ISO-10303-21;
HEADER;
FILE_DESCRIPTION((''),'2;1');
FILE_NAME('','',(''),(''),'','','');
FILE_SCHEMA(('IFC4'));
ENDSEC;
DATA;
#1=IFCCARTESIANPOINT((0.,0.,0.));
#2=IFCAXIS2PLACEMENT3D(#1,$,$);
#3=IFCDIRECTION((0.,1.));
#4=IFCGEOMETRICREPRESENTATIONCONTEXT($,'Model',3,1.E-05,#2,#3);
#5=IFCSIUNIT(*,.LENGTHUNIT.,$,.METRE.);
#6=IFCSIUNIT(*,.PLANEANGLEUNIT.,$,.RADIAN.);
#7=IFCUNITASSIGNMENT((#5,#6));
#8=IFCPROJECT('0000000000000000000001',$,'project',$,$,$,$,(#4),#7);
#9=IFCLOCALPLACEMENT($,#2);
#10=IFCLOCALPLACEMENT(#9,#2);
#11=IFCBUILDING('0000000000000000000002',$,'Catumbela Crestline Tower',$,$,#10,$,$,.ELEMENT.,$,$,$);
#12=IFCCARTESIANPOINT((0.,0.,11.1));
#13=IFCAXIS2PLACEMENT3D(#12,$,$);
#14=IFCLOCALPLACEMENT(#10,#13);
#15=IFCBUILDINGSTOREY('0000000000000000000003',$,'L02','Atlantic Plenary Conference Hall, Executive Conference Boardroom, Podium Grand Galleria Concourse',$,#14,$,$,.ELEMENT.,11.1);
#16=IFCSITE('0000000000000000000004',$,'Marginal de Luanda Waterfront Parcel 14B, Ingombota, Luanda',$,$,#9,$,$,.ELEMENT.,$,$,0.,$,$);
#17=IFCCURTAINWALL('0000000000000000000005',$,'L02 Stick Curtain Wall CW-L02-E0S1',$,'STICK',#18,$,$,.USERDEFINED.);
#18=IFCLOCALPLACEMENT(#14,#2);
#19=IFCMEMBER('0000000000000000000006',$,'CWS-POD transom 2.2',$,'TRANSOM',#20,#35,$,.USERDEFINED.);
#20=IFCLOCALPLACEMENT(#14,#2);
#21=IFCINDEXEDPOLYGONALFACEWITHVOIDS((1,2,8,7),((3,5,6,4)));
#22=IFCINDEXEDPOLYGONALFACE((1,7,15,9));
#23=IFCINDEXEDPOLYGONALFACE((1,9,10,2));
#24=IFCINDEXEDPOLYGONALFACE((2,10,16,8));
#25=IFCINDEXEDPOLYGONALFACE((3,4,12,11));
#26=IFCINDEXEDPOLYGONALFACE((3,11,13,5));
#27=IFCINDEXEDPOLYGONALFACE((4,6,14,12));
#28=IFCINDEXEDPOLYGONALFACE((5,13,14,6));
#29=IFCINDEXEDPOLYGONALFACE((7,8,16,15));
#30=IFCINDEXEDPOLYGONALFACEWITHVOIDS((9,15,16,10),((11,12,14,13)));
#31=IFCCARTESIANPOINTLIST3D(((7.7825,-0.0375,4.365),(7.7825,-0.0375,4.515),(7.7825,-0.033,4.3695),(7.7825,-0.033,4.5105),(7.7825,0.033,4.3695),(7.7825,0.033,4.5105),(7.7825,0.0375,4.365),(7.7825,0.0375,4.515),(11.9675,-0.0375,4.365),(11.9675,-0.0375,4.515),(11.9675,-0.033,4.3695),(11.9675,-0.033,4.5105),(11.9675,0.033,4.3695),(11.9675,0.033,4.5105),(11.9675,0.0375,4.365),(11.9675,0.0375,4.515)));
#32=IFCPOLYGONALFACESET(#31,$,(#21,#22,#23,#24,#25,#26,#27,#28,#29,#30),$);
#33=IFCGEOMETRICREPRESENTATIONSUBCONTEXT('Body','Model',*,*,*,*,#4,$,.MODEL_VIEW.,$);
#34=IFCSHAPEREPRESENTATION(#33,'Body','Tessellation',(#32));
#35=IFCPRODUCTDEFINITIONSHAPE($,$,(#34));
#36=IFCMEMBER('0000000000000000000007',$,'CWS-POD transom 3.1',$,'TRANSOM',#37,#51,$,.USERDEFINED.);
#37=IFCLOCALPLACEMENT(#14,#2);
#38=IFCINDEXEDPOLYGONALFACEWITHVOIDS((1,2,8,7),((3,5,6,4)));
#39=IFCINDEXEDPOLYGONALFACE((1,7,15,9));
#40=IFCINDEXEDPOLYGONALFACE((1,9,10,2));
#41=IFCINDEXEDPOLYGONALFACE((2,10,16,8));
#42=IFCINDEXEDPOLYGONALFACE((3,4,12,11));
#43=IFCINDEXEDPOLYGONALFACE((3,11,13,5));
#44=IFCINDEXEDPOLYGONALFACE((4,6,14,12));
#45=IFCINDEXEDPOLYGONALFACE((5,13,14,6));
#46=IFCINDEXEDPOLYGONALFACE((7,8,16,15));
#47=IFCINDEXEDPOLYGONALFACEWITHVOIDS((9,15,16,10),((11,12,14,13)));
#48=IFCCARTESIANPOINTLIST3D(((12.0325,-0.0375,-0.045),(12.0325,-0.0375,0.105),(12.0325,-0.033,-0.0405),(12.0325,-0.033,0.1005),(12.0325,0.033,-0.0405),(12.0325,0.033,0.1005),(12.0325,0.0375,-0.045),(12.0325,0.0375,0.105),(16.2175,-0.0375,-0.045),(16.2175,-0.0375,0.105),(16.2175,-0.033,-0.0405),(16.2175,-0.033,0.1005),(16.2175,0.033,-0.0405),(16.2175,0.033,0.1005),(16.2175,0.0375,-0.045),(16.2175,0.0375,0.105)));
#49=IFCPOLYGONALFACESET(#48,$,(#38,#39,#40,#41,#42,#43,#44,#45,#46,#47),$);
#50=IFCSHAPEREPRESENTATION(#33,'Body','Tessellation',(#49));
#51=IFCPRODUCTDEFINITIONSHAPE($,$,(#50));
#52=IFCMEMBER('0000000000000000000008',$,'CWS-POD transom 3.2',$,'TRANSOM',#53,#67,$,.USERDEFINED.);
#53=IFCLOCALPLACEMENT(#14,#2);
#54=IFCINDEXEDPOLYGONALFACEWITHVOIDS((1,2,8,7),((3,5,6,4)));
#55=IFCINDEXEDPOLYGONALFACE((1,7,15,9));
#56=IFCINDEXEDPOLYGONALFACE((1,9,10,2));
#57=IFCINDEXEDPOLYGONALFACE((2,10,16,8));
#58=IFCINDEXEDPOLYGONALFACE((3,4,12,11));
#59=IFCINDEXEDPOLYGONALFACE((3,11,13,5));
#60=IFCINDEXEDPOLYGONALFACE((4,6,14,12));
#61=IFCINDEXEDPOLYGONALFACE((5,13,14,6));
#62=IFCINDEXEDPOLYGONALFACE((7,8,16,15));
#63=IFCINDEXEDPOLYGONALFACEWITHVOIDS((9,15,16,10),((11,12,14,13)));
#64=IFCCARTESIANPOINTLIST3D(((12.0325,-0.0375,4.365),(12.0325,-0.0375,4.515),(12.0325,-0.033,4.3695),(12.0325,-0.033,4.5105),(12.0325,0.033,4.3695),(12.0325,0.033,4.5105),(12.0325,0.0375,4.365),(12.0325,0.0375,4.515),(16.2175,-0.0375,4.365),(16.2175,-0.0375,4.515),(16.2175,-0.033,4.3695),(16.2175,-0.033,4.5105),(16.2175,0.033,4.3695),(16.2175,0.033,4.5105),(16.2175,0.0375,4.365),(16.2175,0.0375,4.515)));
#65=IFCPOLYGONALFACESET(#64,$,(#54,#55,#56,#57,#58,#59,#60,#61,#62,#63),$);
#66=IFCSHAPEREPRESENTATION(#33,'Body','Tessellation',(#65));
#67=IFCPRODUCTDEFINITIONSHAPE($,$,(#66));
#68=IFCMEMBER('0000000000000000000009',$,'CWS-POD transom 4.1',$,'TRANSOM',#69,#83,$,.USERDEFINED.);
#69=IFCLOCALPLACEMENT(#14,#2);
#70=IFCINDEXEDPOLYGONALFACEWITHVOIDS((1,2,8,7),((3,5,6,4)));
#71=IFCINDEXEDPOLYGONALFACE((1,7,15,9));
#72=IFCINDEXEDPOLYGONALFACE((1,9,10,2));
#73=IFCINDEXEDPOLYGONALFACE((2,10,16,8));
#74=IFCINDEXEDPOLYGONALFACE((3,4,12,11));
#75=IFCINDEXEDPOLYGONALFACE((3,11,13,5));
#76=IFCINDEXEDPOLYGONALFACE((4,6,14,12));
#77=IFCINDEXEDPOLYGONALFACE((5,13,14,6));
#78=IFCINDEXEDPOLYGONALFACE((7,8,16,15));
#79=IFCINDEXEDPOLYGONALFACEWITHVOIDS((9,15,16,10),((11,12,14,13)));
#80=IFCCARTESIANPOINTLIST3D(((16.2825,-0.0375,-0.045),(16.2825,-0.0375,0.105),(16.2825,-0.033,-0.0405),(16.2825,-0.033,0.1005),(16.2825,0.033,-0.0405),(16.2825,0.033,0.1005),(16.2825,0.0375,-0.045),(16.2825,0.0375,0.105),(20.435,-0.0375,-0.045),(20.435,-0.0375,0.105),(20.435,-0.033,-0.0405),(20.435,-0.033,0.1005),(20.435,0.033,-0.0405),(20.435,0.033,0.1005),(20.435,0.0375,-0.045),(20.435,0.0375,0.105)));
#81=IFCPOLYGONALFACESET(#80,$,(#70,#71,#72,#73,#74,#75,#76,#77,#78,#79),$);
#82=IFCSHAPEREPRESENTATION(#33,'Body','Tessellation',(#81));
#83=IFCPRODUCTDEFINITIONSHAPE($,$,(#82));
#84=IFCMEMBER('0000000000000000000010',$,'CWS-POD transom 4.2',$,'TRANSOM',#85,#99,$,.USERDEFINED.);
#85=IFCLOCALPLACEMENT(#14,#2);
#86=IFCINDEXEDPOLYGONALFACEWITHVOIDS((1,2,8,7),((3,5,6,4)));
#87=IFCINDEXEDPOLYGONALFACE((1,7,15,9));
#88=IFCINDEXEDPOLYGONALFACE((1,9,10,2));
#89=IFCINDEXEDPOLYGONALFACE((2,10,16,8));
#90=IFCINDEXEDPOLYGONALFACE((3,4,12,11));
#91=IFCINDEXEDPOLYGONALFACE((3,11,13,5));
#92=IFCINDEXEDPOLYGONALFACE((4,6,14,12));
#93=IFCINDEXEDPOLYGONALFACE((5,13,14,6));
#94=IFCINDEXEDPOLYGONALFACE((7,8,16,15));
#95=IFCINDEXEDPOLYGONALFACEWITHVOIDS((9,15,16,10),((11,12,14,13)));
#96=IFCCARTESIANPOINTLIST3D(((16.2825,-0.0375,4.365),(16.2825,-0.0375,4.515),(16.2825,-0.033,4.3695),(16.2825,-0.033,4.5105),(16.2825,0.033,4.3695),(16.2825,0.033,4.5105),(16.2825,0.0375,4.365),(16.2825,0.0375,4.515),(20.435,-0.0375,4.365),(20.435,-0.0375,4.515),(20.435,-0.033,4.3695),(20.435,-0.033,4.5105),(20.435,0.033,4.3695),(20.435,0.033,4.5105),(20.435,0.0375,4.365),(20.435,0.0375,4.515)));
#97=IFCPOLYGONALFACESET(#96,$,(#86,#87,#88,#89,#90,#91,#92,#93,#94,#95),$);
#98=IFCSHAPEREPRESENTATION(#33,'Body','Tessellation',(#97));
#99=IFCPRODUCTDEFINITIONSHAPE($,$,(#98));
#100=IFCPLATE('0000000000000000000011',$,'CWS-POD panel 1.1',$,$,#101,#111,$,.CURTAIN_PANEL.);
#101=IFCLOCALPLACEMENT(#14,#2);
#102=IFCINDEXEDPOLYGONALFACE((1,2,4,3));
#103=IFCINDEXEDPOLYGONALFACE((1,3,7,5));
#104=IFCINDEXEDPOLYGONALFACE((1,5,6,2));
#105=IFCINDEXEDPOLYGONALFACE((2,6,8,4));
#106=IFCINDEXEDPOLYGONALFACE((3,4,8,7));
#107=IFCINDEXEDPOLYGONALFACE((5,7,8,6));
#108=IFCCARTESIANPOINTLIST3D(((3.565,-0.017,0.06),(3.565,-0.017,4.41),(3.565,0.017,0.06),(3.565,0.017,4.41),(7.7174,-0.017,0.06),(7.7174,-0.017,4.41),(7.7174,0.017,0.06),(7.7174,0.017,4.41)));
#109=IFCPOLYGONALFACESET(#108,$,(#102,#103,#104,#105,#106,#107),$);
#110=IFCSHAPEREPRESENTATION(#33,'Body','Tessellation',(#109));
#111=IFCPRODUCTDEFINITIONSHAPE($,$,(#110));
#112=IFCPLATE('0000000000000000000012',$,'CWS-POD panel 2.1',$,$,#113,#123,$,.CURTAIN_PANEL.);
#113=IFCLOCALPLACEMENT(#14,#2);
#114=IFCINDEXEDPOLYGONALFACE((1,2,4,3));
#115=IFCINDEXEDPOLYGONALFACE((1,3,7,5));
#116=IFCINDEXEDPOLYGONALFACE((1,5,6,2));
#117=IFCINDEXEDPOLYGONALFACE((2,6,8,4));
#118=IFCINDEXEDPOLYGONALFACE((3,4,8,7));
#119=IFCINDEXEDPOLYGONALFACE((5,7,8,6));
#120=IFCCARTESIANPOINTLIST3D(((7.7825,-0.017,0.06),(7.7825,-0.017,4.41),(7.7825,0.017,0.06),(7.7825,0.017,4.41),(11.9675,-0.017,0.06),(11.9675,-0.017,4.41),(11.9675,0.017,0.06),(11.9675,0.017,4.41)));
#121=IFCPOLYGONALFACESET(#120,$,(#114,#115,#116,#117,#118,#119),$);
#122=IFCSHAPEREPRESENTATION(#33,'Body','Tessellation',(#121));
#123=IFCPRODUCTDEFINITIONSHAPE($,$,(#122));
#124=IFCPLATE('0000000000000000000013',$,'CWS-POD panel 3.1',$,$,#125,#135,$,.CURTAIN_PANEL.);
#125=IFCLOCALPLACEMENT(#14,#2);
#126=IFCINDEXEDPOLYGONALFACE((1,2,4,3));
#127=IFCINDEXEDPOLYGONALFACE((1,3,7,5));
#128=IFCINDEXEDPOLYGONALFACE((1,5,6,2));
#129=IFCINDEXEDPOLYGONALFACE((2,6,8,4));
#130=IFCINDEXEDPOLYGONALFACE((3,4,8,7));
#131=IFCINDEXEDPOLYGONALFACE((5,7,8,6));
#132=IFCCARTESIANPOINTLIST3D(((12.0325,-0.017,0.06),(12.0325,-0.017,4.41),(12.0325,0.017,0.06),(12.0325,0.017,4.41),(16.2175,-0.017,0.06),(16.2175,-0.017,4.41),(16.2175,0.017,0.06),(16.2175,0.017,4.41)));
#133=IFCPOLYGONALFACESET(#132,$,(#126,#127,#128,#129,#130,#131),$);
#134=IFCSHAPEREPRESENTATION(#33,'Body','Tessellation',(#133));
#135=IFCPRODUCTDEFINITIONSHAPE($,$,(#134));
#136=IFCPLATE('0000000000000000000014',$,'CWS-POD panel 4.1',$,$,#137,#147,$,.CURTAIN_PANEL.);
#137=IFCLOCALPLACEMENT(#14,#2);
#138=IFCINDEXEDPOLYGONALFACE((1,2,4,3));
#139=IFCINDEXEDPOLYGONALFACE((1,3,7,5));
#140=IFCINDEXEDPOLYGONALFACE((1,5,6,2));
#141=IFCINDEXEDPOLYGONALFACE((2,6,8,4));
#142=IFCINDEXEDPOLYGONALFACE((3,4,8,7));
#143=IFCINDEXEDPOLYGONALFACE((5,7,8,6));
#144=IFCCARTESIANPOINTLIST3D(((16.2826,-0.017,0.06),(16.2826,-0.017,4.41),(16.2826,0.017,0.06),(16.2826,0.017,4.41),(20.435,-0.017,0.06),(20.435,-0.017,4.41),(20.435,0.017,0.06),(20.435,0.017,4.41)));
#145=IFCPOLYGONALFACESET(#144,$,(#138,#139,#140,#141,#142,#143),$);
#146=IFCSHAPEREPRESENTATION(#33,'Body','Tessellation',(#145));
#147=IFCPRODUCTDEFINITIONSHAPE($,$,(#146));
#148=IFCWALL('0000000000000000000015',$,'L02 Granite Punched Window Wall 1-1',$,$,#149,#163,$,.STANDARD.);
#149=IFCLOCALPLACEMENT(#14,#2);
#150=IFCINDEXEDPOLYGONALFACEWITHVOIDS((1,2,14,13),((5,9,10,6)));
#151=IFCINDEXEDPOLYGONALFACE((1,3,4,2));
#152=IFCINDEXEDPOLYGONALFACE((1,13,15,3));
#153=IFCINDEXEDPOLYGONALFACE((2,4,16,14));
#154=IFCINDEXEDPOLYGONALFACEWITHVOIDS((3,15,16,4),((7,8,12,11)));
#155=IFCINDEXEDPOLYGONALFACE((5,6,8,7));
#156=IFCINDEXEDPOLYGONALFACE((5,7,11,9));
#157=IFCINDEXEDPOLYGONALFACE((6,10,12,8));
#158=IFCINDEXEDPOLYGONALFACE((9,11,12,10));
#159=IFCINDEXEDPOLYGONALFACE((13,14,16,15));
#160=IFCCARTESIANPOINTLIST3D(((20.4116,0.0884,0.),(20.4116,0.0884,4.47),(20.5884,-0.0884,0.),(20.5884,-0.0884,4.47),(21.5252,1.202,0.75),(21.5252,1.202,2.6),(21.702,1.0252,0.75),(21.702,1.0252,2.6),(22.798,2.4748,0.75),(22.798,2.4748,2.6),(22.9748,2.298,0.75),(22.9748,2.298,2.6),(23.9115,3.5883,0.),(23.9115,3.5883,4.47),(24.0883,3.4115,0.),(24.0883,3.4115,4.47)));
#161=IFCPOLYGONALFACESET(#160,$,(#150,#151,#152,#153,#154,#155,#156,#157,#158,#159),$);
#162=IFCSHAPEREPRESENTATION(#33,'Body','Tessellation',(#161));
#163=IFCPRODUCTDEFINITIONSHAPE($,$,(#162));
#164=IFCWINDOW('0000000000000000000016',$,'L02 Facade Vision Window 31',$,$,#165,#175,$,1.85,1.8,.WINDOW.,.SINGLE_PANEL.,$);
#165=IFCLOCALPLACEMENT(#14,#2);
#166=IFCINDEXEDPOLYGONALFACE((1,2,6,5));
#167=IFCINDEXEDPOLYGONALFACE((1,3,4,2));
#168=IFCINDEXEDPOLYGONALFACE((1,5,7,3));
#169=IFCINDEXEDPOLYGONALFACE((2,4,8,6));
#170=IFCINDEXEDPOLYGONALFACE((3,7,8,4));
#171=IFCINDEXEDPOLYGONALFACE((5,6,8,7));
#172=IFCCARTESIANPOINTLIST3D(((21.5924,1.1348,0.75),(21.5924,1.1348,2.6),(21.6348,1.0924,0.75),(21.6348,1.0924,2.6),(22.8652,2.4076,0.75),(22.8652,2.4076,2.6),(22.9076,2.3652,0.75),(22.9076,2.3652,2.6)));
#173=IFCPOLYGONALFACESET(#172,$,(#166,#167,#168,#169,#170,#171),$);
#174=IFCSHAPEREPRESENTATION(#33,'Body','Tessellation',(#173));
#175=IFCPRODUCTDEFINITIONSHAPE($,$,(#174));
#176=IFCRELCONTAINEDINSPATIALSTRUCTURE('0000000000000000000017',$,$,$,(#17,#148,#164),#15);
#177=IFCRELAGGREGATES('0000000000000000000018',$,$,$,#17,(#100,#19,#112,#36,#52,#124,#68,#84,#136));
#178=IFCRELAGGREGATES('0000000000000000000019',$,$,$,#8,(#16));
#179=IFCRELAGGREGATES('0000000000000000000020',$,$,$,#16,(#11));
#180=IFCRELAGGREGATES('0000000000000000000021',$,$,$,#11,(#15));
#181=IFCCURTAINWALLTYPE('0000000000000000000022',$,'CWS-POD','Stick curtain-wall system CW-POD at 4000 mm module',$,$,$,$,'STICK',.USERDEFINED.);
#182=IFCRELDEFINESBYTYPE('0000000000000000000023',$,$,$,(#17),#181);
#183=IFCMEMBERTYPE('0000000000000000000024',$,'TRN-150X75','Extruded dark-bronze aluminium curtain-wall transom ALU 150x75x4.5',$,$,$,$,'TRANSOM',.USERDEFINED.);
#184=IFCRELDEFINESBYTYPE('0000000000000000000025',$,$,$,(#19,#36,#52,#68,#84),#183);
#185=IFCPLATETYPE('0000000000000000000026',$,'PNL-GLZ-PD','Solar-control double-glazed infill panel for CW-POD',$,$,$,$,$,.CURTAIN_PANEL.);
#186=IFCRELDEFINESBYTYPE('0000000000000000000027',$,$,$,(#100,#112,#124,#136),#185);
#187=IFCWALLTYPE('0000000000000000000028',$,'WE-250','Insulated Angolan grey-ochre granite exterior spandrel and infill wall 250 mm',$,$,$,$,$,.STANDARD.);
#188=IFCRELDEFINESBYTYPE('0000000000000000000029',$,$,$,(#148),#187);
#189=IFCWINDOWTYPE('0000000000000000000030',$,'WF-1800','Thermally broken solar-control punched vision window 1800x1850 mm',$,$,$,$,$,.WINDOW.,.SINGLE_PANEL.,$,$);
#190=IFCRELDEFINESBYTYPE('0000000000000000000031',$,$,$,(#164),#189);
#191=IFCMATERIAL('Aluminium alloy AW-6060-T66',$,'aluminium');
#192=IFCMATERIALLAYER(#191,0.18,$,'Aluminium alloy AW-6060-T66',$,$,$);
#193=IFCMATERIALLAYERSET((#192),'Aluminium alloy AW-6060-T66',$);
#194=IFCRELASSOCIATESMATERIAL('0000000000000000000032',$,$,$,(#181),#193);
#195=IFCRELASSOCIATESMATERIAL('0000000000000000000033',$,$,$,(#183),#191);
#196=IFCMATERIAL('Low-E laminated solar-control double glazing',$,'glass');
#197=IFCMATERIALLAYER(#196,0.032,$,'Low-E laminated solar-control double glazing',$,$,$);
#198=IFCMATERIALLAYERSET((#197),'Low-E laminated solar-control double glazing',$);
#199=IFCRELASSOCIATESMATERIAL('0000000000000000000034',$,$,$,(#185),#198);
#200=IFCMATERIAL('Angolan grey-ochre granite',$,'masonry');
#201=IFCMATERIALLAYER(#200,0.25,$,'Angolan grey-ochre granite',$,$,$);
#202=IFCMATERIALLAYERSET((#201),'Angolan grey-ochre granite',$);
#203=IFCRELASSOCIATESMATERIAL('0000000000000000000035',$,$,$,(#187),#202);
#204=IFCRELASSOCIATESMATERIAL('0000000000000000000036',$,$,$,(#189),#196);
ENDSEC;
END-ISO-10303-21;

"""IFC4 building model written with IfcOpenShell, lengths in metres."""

from ifc_helpers import new_model, si_unit, direction, frame, frame_2d, origin, origin_2d, place, context, subcontext, project, spatial, rectangle, hollow_rectangle, extrude, material, layer, layer_set, material_profile, profile_set, type_object, element, fill, aggregate, save


model = new_model("IFC4")

# Units and contexts
model_context = context("Model", 3, precision=1e-05, world=origin(), true_north=direction((0.0, 1.0)))
body_context = subcontext(model_context, "Body", "Model", "MODEL_VIEW")
ifc_project = project(units=[si_unit("LENGTHUNIT", "METRE"), si_unit("PLANEANGLEUNIT", "RADIAN")], contexts=[model_context])

# Site, building, storey
site_placement = place(None, origin())
site = spatial("IfcSite", under=ifc_project, at=site_placement, Name="Marginal de Luanda Waterfront Parcel 14B, Ingombota, Luanda", CompositionType="ELEMENT", RefElevation=0.0)
building_placement = place(site_placement, origin())
building = spatial("IfcBuilding", under=site, at=building_placement, Name="Catumbela Crestline Tower", CompositionType="ELEMENT")
storey_placement = place(building_placement, frame((0.0, 0.0, 11.1)))
storey = spatial("IfcBuildingStorey", under=building, at=storey_placement, Name="L02", Description="Atlantic Plenary Conference Hall, Executive Conference Boardroom, Podium Grand Galleria Concourse", CompositionType="ELEMENT", Elevation=11.1)

# Curtain wall
ifc_material_1 = material(Name="Aluminium alloy AW-6060-T66", Category="aluminium")
ifc_layer_1 = layer(ifc_material_1, 0.18, Name="Aluminium alloy AW-6060-T66")
ifc_layer_set_1 = layer_set([ifc_layer_1], Name="Aluminium alloy AW-6060-T66")
curtain_wall_type = type_object("IfcCurtainWallType", Name="CWS-POD", Description="Stick curtain-wall system CW-POD at 4000 mm module", ElementType="STICK", PredefinedType="USERDEFINED", material=ifc_layer_set_1)
curtain_wall_1_placement = place(storey_placement, origin())
curtain_wall_1 = element("IfcCurtainWall", 1, at=curtain_wall_1_placement, inside=storey, type_object=curtain_wall_type, Name="L02 Stick Curtain Wall CW-L02-E0S1", ObjectType="STICK", PredefinedType="USERDEFINED")

# Members
ifc_material_profile_1 = material_profile(ifc_material_1, hollow_rectangle(XDim=0.075, YDim=0.15, WallThickness=0.0045, at=origin_2d()), Name="ALU 150x75x4.5")
ifc_profile_set_1 = profile_set([ifc_material_profile_1], Name="Aluminium alloy AW-6060-T66")
member_type_1 = type_object("IfcMemberType", Name="TRN-150X75", Description="Extruded dark-bronze aluminium curtain-wall transom ALU 150x75x4.5", ElementType="TRANSOM", PredefinedType="USERDEFINED", material=ifc_profile_set_1)
member_1_placement = place(storey_placement, frame((7.7825, 0.0, 4.44), z_axis=(1.0, 0.0, 0.0), x_axis=(0.0, 1.0, 0.0)))
member_1 = element("IfcMember", 2, at=member_1_placement, type_object=member_type_1, Name="CWS-POD transom 2.2", ObjectType="TRANSOM", PredefinedType="USERDEFINED", context=body_context, shape_type="SweptSolid", body=[
    extrude(hollow_rectangle(XDim=0.075, YDim=0.15, WallThickness=0.0045, at=origin_2d()), origin(), (0.0, 0.0, 1.0), 4.185),
])
member_2_placement = place(storey_placement, frame((12.0325, 0.0, 0.03), z_axis=(1.0, 0.0, 0.0), x_axis=(0.0, 1.0, 0.0)))
member_2 = element("IfcMember", 3, at=member_2_placement, type_object=member_type_1, Name="CWS-POD transom 3.1", ObjectType="TRANSOM", PredefinedType="USERDEFINED", context=body_context, shape_type="SweptSolid", body=[
    extrude(hollow_rectangle(XDim=0.075, YDim=0.15, WallThickness=0.0045, at=origin_2d()), origin(), (0.0, 0.0, 1.0), 4.185),
])
member_3_placement = place(storey_placement, frame((12.0325, 0.0, 4.44), z_axis=(1.0, 0.0, 0.0), x_axis=(0.0, 1.0, 0.0)))
member_3 = element("IfcMember", 4, at=member_3_placement, type_object=member_type_1, Name="CWS-POD transom 3.2", ObjectType="TRANSOM", PredefinedType="USERDEFINED", context=body_context, shape_type="SweptSolid", body=[
    extrude(hollow_rectangle(XDim=0.075, YDim=0.15, WallThickness=0.0045, at=origin_2d()), origin(), (0.0, 0.0, 1.0), 4.185),
])
member_4_placement = place(storey_placement, frame((16.2825, 0.0, 0.03), z_axis=(1.0, 0.0, 0.0), x_axis=(0.0, 1.0, 0.0)))
member_4 = element("IfcMember", 5, at=member_4_placement, type_object=member_type_1, Name="CWS-POD transom 4.1", ObjectType="TRANSOM", PredefinedType="USERDEFINED", context=body_context, shape_type="SweptSolid", body=[
    extrude(hollow_rectangle(XDim=0.075, YDim=0.15, WallThickness=0.0045, at=origin_2d()), origin(), (0.0, 0.0, 1.0), 4.1525),
])
member_5_placement = place(storey_placement, frame((16.2825, 0.0, 4.44), z_axis=(1.0, 0.0, 0.0), x_axis=(0.0, 1.0, 0.0)))
member_5 = element("IfcMember", 6, at=member_5_placement, type_object=member_type_1, Name="CWS-POD transom 4.2", ObjectType="TRANSOM", PredefinedType="USERDEFINED", context=body_context, shape_type="SweptSolid", body=[
    extrude(hollow_rectangle(XDim=0.075, YDim=0.15, WallThickness=0.0045, at=origin_2d()), origin(), (0.0, 0.0, 1.0), 4.1525),
])

# Plates
ifc_material_2 = material(Name="Low-E laminated solar-control double glazing", Category="glass")
ifc_layer_2 = layer(ifc_material_2, 0.032, Name="Low-E laminated solar-control double glazing")
ifc_layer_set_2 = layer_set([ifc_layer_2], Name="Low-E laminated solar-control double glazing")
plate_type = type_object("IfcPlateType", Name="PNL-GLZ-PD", Description="Solar-control double-glazed infill panel for CW-POD", PredefinedType="CURTAIN_PANEL", material=ifc_layer_set_2)
plate_1_placement = place(storey_placement, frame((5.6412, 0.0, 0.06), z_axis=(0.0, 0.0, 1.0), x_axis=(1.0, 0.0, 0.0)))
plate_1 = element("IfcPlate", 7, at=plate_1_placement, type_object=plate_type, Name="CWS-POD panel 1.1", PredefinedType="CURTAIN_PANEL", context=body_context, shape_type="SweptSolid", body=[
    extrude(rectangle(XDim=4.1525, YDim=0.034, at=origin_2d()), origin(), (0.0, 0.0, 1.0), 4.35),
])
plate_2_placement = place(storey_placement, frame((9.875, 0.0, 0.06), z_axis=(0.0, 0.0, 1.0), x_axis=(1.0, 0.0, 0.0)))
plate_2 = element("IfcPlate", 8, at=plate_2_placement, type_object=plate_type, Name="CWS-POD panel 2.1", PredefinedType="CURTAIN_PANEL", context=body_context, shape_type="SweptSolid", body=[
    extrude(rectangle(XDim=4.185, YDim=0.034, at=origin_2d()), origin(), (0.0, 0.0, 1.0), 4.35),
])
plate_3_placement = place(storey_placement, frame((14.125, 0.0, 0.06), z_axis=(0.0, 0.0, 1.0), x_axis=(1.0, 0.0, 0.0)))
plate_3 = element("IfcPlate", 9, at=plate_3_placement, type_object=plate_type, Name="CWS-POD panel 3.1", PredefinedType="CURTAIN_PANEL", context=body_context, shape_type="SweptSolid", body=[
    extrude(rectangle(XDim=4.185, YDim=0.034, at=origin_2d()), origin(), (0.0, 0.0, 1.0), 4.35),
])
plate_4_placement = place(storey_placement, frame((18.3588, 0.0, 0.06), z_axis=(0.0, 0.0, 1.0), x_axis=(1.0, 0.0, 0.0)))
plate_4 = element("IfcPlate", 10, at=plate_4_placement, type_object=plate_type, Name="CWS-POD panel 4.1", PredefinedType="CURTAIN_PANEL", context=body_context, shape_type="SweptSolid", body=[
    extrude(rectangle(XDim=4.1525, YDim=0.034, at=origin_2d()), origin(), (0.0, 0.0, 1.0), 4.35),
])
aggregate(curtain_wall_1, [plate_1, member_1, plate_2, member_2, member_3, plate_3, member_4, member_5, plate_4])

# Wall, opening, window
ifc_material_3 = material(Name="Angolan grey-ochre granite", Category="masonry")
ifc_layer_3 = layer(ifc_material_3, 0.25, Name="Angolan grey-ochre granite")
ifc_layer_set_3 = layer_set([ifc_layer_3], Name="Angolan grey-ochre granite")
wall_type = type_object("IfcWallType", Name="WE-250", Description="Insulated Angolan grey-ochre granite exterior spandrel and infill wall 250 mm", PredefinedType="STANDARD", material=ifc_layer_set_3)
wall_1_placement = place(storey_placement, frame((20.5, 0.0, 0.0), z_axis=(0.0, 0.0, 1.0), x_axis=(0.707107, 0.707107, 0.0)))
wall_1 = element("IfcWall", 11, at=wall_1_placement, inside=storey, type_object=wall_type, Name="L02 Granite Punched Window Wall 1-1", PredefinedType="STANDARD", context=body_context, shape_type="SweptSolid", body=[
    extrude(rectangle(XDim=4.9497, YDim=0.25, at=frame_2d((2.4748, 0.0))), origin(), (0.0, 0.0, 1.0), 4.47),
])
opening_1_placement = place(wall_1_placement, frame((1.5749, 0.0, 0.75)))
opening_1 = element("IfcOpeningElement", 12, at=opening_1_placement, cuts=wall_1, PredefinedType="OPENING", context=body_context, shape_type="SweptSolid", body=[
    extrude(rectangle(XDim=1.8, YDim=1.85, at=frame_2d((0.9, 0.925))), frame((0.0, 0.135, 0.0), z_axis=(0.0, -1.0, 0.0), x_axis=(1.0, 0.0, 0.0)), (0.0, 0.0, 1.0), 0.27),
])
window_type = type_object("IfcWindowType", Name="WF-1800", Description="Thermally broken solar-control punched vision window 1800x1850 mm", PartitioningType="SINGLE_PANEL", PredefinedType="WINDOW", material=ifc_material_2)
window_1_placement = place(opening_1_placement, origin())
window_1 = element("IfcWindow", 13, at=window_1_placement, inside=storey, type_object=window_type, Name="L02 Facade Vision Window 31", OverallHeight=1.85, OverallWidth=1.8, PartitioningType="SINGLE_PANEL", PredefinedType="WINDOW", context=body_context, shape_type="SweptSolid", body=[
    extrude(rectangle(XDim=1.8, YDim=1.85, at=frame_2d((0.9, 0.925))), frame((0.0, 0.03, 0.0), z_axis=(0.0, -1.0, 0.0), x_axis=(1.0, 0.0, 0.0)), (0.0, 0.0, 1.0), 0.06),
])
fill(opening_1, window_1)

save(model, "model.ifc")
